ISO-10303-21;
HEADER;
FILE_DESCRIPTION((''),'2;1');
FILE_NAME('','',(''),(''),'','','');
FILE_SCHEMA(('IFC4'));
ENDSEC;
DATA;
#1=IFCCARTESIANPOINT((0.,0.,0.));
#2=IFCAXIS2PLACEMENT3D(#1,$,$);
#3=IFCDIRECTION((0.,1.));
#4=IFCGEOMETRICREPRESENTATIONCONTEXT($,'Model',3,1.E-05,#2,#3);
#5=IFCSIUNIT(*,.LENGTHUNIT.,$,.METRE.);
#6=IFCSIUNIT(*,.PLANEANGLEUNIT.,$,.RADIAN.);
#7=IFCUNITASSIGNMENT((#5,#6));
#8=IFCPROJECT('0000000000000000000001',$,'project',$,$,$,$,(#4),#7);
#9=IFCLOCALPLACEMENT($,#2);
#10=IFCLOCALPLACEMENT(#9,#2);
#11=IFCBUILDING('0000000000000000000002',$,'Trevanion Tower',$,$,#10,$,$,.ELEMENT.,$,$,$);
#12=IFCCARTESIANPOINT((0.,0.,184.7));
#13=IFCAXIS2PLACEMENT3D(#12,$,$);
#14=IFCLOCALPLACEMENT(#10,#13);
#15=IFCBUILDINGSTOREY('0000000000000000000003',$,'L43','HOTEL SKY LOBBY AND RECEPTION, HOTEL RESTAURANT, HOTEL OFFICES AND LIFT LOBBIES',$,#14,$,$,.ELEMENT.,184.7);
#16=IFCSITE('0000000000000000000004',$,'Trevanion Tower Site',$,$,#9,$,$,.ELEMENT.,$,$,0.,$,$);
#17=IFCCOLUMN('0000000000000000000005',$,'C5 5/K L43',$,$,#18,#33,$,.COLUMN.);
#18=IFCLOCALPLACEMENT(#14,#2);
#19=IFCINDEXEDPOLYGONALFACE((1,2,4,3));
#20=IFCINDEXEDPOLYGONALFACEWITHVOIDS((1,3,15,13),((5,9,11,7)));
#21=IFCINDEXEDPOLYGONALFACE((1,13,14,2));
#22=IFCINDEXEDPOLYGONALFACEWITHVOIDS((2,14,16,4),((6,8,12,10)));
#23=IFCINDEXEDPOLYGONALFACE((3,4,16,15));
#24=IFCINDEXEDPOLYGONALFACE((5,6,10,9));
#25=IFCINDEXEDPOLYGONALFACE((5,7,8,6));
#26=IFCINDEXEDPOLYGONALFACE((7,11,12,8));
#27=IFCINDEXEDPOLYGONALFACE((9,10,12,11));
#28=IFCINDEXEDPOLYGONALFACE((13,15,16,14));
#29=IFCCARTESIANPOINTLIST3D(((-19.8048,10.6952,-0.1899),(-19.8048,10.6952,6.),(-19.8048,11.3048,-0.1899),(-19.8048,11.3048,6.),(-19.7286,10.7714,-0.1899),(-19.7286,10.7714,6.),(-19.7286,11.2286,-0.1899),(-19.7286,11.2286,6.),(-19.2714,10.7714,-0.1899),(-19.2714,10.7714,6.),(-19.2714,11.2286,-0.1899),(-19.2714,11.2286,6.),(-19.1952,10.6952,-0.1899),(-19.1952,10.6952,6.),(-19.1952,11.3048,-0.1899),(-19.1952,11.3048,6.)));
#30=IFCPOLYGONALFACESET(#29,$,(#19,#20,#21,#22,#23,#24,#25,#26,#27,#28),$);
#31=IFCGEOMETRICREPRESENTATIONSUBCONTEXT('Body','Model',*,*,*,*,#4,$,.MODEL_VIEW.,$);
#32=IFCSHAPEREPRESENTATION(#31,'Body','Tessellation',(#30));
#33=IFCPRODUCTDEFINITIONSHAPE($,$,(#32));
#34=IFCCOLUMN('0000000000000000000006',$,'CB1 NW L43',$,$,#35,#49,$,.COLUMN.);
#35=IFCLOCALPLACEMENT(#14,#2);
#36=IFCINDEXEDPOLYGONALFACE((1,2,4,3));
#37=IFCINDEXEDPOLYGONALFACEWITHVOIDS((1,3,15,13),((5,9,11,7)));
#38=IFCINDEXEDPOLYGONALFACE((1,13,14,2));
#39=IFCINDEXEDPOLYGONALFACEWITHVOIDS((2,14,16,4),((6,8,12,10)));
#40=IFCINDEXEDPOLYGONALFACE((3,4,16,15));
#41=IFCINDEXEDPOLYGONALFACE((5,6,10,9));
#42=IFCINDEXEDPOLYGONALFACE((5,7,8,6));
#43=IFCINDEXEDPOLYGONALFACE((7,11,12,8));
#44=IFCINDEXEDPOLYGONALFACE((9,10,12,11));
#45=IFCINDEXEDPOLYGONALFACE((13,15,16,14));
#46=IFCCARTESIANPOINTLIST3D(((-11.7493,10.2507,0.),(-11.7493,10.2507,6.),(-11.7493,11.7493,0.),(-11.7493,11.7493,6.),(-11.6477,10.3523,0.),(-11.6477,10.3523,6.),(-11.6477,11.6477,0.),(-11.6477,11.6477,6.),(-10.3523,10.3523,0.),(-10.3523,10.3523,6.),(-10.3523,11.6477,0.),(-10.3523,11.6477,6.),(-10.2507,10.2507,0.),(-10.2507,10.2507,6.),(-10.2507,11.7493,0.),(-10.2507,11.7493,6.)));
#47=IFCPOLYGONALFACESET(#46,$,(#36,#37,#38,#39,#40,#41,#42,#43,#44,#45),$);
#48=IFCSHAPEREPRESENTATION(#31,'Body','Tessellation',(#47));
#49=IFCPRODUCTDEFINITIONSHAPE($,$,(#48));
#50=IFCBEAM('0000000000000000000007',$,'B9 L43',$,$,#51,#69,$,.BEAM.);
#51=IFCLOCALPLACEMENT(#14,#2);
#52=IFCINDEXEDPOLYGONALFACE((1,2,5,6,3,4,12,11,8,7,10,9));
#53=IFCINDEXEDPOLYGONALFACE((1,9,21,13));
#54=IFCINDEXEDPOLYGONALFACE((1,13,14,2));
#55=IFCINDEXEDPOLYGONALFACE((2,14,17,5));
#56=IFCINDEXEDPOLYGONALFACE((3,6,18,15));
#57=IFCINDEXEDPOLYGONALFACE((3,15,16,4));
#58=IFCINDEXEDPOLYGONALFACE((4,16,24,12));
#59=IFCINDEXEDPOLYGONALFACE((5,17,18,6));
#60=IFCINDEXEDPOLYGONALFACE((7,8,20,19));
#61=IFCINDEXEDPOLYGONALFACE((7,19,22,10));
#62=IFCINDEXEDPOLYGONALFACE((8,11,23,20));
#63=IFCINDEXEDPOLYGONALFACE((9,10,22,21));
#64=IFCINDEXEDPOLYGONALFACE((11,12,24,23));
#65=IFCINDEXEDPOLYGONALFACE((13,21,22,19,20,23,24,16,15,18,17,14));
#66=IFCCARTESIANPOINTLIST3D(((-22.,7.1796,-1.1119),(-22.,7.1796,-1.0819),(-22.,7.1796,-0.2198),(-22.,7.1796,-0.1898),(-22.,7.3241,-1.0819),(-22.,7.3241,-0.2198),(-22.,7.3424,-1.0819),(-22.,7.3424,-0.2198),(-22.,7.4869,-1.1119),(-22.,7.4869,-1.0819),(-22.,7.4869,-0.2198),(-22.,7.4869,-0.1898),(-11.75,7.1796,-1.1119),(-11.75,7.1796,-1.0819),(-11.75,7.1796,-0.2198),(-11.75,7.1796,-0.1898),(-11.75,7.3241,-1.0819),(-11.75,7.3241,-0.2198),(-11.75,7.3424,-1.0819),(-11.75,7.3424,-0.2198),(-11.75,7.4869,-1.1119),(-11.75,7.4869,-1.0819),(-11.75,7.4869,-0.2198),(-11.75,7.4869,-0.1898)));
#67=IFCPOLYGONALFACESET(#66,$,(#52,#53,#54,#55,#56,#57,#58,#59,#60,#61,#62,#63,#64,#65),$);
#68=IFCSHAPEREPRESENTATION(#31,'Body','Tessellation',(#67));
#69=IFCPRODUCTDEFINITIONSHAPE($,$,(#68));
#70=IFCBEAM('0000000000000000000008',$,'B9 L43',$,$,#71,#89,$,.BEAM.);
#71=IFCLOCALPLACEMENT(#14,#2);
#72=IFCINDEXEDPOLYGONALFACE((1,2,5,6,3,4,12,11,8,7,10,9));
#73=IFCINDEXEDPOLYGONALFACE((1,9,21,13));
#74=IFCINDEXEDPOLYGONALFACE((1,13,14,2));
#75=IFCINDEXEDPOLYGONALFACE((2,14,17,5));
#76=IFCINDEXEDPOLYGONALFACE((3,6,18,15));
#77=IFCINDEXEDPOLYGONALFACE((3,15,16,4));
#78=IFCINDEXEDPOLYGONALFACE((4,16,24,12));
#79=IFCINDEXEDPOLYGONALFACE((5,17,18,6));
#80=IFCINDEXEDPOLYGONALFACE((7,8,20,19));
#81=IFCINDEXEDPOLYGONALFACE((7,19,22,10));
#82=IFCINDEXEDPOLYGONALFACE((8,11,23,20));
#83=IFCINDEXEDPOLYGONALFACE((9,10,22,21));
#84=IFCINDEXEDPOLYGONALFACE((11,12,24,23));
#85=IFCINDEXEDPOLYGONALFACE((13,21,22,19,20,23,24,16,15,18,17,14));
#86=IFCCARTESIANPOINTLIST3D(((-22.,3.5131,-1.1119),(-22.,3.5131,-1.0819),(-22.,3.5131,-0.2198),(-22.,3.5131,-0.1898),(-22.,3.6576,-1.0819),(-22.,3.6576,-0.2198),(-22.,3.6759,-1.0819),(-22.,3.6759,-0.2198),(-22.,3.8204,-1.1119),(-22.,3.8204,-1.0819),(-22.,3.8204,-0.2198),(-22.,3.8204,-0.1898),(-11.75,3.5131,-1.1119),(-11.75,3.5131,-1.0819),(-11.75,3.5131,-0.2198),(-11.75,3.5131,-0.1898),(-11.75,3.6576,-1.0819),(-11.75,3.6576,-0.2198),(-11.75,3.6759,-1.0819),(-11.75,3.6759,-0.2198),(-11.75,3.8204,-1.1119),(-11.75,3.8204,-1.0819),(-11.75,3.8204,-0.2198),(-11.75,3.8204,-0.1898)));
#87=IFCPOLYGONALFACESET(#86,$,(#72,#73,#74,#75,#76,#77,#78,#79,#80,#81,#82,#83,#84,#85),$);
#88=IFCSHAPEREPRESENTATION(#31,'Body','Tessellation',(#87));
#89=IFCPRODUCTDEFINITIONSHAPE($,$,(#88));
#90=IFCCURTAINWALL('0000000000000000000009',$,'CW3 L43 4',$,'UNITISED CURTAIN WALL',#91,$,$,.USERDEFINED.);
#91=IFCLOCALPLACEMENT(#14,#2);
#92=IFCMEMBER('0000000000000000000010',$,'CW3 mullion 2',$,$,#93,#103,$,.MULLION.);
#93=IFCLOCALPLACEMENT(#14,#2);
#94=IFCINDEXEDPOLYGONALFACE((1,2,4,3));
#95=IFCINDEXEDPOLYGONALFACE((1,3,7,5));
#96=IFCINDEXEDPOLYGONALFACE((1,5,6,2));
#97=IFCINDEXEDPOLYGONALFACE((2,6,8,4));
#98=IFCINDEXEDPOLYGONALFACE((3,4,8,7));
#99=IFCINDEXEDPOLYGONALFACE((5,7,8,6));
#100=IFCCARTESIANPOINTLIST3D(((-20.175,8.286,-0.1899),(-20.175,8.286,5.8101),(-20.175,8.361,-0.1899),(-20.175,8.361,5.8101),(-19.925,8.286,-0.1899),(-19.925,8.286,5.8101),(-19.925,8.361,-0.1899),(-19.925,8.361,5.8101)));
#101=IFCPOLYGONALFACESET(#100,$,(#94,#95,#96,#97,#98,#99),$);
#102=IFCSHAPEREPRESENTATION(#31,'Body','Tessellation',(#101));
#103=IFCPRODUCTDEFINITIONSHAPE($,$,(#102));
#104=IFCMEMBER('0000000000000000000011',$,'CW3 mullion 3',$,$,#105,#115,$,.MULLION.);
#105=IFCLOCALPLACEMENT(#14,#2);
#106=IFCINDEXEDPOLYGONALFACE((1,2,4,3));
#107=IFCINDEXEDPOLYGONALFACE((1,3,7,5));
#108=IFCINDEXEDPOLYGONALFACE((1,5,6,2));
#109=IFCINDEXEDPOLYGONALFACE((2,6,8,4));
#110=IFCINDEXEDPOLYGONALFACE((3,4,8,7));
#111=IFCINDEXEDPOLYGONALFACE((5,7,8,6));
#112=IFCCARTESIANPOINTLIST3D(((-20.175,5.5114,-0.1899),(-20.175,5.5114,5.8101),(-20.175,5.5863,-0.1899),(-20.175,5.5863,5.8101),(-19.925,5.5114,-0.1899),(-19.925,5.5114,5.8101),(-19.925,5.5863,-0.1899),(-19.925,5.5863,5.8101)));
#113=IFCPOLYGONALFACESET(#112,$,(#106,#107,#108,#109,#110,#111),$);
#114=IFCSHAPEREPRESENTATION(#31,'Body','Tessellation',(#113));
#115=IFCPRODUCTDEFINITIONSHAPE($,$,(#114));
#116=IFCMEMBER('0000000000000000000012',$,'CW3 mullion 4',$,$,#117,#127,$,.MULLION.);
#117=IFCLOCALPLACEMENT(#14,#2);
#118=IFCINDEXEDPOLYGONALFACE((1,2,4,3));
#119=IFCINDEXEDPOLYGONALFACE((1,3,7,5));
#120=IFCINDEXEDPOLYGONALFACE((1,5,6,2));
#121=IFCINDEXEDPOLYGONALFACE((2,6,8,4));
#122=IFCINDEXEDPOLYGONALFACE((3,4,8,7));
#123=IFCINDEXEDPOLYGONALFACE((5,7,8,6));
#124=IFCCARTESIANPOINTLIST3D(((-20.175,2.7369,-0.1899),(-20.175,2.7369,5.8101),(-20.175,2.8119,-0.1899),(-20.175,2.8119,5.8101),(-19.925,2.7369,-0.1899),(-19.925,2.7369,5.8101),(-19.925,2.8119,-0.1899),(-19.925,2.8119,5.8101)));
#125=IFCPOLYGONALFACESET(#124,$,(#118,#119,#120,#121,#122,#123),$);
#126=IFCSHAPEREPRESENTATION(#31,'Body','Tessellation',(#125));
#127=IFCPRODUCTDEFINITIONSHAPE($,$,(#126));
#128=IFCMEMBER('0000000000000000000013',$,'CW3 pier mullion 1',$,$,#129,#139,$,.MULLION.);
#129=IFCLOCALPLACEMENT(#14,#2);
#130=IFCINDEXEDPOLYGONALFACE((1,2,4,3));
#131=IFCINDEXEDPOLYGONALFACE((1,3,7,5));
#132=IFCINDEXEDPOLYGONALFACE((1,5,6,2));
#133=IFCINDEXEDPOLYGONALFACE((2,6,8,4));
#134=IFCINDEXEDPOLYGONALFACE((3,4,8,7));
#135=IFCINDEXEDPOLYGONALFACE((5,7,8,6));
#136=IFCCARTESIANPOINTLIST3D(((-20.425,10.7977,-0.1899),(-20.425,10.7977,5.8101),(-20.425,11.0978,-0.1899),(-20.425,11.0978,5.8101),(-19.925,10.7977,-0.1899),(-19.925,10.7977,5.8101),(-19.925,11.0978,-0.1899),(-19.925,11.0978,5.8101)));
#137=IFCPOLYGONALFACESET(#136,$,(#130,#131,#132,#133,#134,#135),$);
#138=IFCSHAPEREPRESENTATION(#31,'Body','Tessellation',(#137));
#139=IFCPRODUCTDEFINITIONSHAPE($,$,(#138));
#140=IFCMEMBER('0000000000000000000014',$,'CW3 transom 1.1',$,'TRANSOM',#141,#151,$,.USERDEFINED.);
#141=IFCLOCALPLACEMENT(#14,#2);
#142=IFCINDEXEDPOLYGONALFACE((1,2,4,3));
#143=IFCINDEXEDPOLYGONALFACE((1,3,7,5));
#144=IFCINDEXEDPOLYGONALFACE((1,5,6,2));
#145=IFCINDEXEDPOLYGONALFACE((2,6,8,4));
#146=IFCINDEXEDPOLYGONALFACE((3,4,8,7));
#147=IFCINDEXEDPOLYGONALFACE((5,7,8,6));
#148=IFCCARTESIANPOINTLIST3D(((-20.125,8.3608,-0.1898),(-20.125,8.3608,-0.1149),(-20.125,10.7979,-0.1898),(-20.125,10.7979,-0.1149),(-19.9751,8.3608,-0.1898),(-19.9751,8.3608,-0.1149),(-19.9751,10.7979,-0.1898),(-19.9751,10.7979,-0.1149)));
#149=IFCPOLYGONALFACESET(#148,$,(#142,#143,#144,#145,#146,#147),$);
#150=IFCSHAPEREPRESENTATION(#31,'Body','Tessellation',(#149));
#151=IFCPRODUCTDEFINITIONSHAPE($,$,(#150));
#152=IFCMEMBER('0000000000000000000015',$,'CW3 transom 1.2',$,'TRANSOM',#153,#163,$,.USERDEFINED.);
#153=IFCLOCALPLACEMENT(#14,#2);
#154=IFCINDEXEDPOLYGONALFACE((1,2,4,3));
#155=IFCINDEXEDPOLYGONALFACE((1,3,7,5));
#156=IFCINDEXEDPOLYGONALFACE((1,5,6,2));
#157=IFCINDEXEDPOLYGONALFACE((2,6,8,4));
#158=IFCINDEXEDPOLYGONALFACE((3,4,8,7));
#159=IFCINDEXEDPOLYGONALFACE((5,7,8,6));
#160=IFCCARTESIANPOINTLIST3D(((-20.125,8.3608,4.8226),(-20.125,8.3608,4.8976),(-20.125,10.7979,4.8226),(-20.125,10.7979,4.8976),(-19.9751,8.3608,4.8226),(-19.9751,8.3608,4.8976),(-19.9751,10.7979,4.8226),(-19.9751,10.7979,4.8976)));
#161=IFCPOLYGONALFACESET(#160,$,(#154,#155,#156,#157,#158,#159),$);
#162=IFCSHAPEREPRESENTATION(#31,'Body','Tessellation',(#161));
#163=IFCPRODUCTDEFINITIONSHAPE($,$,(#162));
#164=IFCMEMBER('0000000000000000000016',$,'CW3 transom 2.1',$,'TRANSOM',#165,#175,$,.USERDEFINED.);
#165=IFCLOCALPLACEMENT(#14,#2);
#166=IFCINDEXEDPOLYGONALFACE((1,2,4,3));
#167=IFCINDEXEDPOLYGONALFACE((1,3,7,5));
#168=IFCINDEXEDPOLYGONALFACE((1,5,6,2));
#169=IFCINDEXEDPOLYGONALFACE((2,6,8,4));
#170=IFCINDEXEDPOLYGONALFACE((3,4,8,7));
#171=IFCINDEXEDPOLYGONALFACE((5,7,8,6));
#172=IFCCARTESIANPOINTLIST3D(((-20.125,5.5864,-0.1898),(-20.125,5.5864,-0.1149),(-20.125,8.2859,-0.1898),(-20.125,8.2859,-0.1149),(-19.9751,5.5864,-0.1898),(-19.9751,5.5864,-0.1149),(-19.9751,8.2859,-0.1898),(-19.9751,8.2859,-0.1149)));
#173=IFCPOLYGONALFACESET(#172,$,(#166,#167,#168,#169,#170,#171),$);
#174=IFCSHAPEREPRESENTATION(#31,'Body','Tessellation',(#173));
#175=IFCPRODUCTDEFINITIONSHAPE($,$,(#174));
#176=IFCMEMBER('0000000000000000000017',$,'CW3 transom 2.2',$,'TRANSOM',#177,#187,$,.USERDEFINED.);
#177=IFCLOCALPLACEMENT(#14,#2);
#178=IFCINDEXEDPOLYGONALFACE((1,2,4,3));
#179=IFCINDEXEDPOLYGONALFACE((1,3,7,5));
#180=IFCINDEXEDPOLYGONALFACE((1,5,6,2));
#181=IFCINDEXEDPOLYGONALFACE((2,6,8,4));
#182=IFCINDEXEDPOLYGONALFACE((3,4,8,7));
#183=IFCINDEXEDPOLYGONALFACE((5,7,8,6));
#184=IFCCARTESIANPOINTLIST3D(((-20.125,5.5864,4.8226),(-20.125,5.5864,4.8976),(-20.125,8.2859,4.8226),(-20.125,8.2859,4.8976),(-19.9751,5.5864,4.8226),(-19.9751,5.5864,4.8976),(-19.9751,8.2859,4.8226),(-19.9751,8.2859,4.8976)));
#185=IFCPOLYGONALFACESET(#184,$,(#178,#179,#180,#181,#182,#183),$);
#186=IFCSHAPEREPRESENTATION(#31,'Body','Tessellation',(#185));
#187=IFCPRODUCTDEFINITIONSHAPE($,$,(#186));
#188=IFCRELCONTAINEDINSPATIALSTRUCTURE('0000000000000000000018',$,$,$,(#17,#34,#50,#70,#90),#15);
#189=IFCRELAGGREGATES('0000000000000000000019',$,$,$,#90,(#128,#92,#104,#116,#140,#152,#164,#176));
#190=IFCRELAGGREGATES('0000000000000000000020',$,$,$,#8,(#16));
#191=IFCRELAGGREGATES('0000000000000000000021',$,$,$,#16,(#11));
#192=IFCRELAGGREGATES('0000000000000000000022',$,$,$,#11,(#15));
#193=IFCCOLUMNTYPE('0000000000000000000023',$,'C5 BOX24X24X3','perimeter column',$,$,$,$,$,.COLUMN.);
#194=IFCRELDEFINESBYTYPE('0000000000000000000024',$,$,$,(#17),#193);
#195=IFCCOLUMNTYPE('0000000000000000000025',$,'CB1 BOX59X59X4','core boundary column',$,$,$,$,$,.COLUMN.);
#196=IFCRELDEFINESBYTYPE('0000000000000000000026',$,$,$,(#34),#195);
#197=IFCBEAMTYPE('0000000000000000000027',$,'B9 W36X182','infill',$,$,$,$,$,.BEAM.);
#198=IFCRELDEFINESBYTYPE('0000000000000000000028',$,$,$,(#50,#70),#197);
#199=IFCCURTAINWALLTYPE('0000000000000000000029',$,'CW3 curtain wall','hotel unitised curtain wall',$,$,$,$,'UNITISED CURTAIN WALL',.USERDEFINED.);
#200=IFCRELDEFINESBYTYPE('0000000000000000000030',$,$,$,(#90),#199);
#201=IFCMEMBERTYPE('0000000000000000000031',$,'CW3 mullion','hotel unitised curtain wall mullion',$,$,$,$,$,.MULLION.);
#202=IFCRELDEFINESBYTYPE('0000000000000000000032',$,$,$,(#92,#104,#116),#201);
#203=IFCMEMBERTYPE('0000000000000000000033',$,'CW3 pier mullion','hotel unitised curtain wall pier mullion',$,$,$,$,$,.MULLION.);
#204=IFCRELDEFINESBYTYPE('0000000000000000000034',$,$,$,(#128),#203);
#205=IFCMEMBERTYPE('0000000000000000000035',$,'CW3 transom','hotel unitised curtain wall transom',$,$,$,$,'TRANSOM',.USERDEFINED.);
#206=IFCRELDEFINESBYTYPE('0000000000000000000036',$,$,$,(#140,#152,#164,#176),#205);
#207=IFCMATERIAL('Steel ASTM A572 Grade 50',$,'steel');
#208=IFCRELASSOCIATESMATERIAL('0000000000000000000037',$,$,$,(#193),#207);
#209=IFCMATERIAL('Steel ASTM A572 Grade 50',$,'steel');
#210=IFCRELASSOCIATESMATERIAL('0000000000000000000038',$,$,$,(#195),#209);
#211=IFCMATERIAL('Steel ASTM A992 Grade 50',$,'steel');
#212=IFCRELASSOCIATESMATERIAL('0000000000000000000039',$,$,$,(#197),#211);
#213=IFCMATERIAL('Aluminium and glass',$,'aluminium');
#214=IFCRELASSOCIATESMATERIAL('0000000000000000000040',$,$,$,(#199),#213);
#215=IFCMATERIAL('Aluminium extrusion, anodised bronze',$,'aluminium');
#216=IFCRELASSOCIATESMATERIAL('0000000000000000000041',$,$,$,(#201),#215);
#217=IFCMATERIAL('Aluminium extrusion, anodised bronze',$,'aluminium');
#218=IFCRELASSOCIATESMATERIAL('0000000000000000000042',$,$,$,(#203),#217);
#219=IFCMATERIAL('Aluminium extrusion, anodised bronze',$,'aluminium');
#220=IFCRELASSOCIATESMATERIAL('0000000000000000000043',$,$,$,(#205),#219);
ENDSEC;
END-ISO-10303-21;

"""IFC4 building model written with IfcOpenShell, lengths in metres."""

from ifc_helpers import new_model, si_unit, direction, frame, origin, origin_2d, place, context, subcontext, project, spatial, rectangle, hollow_rectangle, i_section, extrude, material, material_profile, profile_set, type_object, element, aggregate, save


model = new_model("IFC4")

# Units and contexts
model_context = context("Model", 3, precision=1e-05, world=origin(), true_north=direction((0.0, 1.0)))
body_context = subcontext(model_context, "Body", "Model", "MODEL_VIEW")
ifc_project = project(units=[si_unit("LENGTHUNIT", "METRE"), si_unit("PLANEANGLEUNIT", "RADIAN")], contexts=[model_context])

# Site, building, storey
site_placement = place(None, origin())
site = spatial("IfcSite", under=ifc_project, at=site_placement, Name="Trevanion Tower Site", CompositionType="ELEMENT", RefElevation=0.0)
building_placement = place(site_placement, origin())
building = spatial("IfcBuilding", under=site, at=building_placement, Name="Trevanion Tower", CompositionType="ELEMENT")
storey_placement = place(building_placement, frame((0.0, 0.0, 184.7)))
storey = spatial("IfcBuildingStorey", under=building, at=storey_placement, Name="L43", Description="HOTEL SKY LOBBY AND RECEPTION, HOTEL RESTAURANT, HOTEL OFFICES AND LIFT LOBBIES", CompositionType="ELEMENT", Elevation=184.7)

# Columns
ifc_material_1 = material(Name="Steel ASTM A572 Grade 50", Category="steel")
ifc_material_profile_1 = material_profile(ifc_material_1, hollow_rectangle(XDim=0.6096, YDim=0.6096, WallThickness=0.0762, at=origin_2d()), Name="BOX24X24X3")
ifc_profile_set_1 = profile_set([ifc_material_profile_1], Name="Steel ASTM A572 Grade 50")
column_type_1 = type_object("IfcColumnType", Name="C5 BOX24X24X3", Description="perimeter column", PredefinedType="COLUMN", material=ifc_profile_set_1)
column_1_placement = place(storey_placement, frame((-19.5, 11.0, -0.1899), z_axis=(0.0, 0.0, 1.0), x_axis=(0.0, 1.0, 0.0)))
element("IfcColumn", 1, at=column_1_placement, inside=storey, type_object=column_type_1, Name="C5 5/K L43", PredefinedType="COLUMN", context=body_context, shape_type="SweptSolid", body=[
    extrude(hollow_rectangle(XDim=0.6096, YDim=0.6096, WallThickness=0.0762, at=origin_2d()), origin(), (0.0, 0.0, 1.0), 6.1899),
])
ifc_material_2 = material(Name="Steel ASTM A572 Grade 50", Category="steel")
ifc_material_profile_2 = material_profile(ifc_material_2, hollow_rectangle(XDim=1.4985, YDim=1.4985, WallThickness=0.1016, at=origin_2d()), Name="BOX59X59X4")
ifc_profile_set_2 = profile_set([ifc_material_profile_2], Name="Steel ASTM A572 Grade 50")
column_type_2 = type_object("IfcColumnType", Name="CB1 BOX59X59X4", Description="core boundary column", PredefinedType="COLUMN", material=ifc_profile_set_2)
column_2_placement = place(storey_placement, frame((-11.0, 11.0, 0.0), z_axis=(0.0, 0.0, 1.0), x_axis=(1.0, 0.0, 0.0)))
element("IfcColumn", 2, at=column_2_placement, inside=storey, type_object=column_type_2, Name="CB1 NW L43", PredefinedType="COLUMN", context=body_context, shape_type="SweptSolid", body=[
    extrude(hollow_rectangle(XDim=1.4985, YDim=1.4985, WallThickness=0.1016, at=origin_2d()), origin(), (0.0, 0.0, 1.0), 6.0),
])

# Beams
ifc_material_3 = material(Name="Steel ASTM A992 Grade 50", Category="steel")
ifc_material_profile_3 = material_profile(ifc_material_3, i_section(OverallWidth=0.3074, OverallDepth=0.9221, WebThickness=0.0183, FlangeThickness=0.03, at=origin_2d()), Name="W36X182")
ifc_profile_set_3 = profile_set([ifc_material_profile_3], Name="Steel ASTM A992 Grade 50")
beam_type = type_object("IfcBeamType", Name="B9 W36X182", Description="infill", PredefinedType="BEAM", material=ifc_profile_set_3)
for number, where, z_axis, x_axis, name in (
    (3, (-11.75, 7.3333, -0.6509), (-1.0, 0.0, 0.0), (0.0, -1.0, 0.0), "B9 L43"),
    (4, (-11.75, 3.6667, -0.6509), (-1.0, 0.0, 0.0), (0.0, -1.0, 0.0), "B9 L43"),
):
    element("IfcBeam", number, at=place(storey_placement, frame(where, z_axis=z_axis, x_axis=x_axis)), inside=storey, type_object=beam_type, Name=name, PredefinedType="BEAM", context=body_context, shape_type="SweptSolid", body=[
        extrude(i_section(OverallWidth=0.3074, OverallDepth=0.9221, WebThickness=0.0183, FlangeThickness=0.03, at=origin_2d()), origin(), (0.0, 0.0, 1.0), 10.25),
    ])

# Curtain wall, members
ifc_material_4 = material(Name="Aluminium and glass", Category="aluminium")
curtain_wall_type = type_object("IfcCurtainWallType", Name="CW3 curtain wall", Description="hotel unitised curtain wall", ElementType="UNITISED CURTAIN WALL", PredefinedType="USERDEFINED", material=ifc_material_4)
curtain_wall_placement = place(storey_placement, origin())
curtain_wall = element("IfcCurtainWall", 5, at=curtain_wall_placement, inside=storey, type_object=curtain_wall_type, Name="CW3 L43 4", ObjectType="UNITISED CURTAIN WALL", PredefinedType="USERDEFINED")
ifc_material_5 = material(Name="Aluminium extrusion, anodised bronze", Category="aluminium")
ifc_material_profile_4 = material_profile(ifc_material_5, rectangle(XDim=0.075, YDim=0.25, at=origin_2d()), Name="CW3 mullion")
ifc_profile_set_4 = profile_set([ifc_material_profile_4], Name="Aluminium extrusion, anodised bronze")
member_type_1 = type_object("IfcMemberType", Name="CW3 mullion", Description="hotel unitised curtain wall mullion", PredefinedType="MULLION", material=ifc_profile_set_4)
member_1_placement = place(storey_placement, frame((-20.05, 8.3235, -0.1899), z_axis=(0.0, 0.0, 1.0), x_axis=(0.0, -1.0, 0.0)))
member_1 = element("IfcMember", 6, at=member_1_placement, type_object=member_type_1, Name="CW3 mullion 2", PredefinedType="MULLION", context=body_context, shape_type="SweptSolid", body=[
    extrude(rectangle(XDim=0.075, YDim=0.25, at=origin_2d()), origin(), (0.0, 0.0, 1.0), 6.0),
])
member_2_placement = place(storey_placement, frame((-20.05, 5.5488, -0.1899), z_axis=(0.0, 0.0, 1.0), x_axis=(0.0, -1.0, 0.0)))
member_2 = element("IfcMember", 7, at=member_2_placement, type_object=member_type_1, Name="CW3 mullion 3", PredefinedType="MULLION", context=body_context, shape_type="SweptSolid", body=[
    extrude(rectangle(XDim=0.075, YDim=0.25, at=origin_2d()), origin(), (0.0, 0.0, 1.0), 6.0),
])
member_3_placement = place(storey_placement, frame((-20.05, 2.7744, -0.1899), z_axis=(0.0, 0.0, 1.0), x_axis=(0.0, -1.0, 0.0)))
member_3 = element("IfcMember", 8, at=member_3_placement, type_object=member_type_1, Name="CW3 mullion 4", PredefinedType="MULLION", context=body_context, shape_type="SweptSolid", body=[
    extrude(rectangle(XDim=0.075, YDim=0.25, at=origin_2d()), origin(), (0.0, 0.0, 1.0), 6.0),
])
ifc_material_6 = material(Name="Aluminium extrusion, anodised bronze", Category="aluminium")
ifc_material_profile_5 = material_profile(ifc_material_6, rectangle(XDim=0.3, YDim=0.5, at=origin_2d()), Name="CW3 pier mullion")
ifc_profile_set_5 = profile_set([ifc_material_profile_5], Name="Aluminium extrusion, anodised bronze")
member_type_2 = type_object("IfcMemberType", Name="CW3 pier mullion", Description="hotel unitised curtain wall pier mullion", PredefinedType="MULLION", material=ifc_profile_set_5)
member_4_placement = place(storey_placement, frame((-20.175, 10.9478, -0.1899), z_axis=(0.0, 0.0, 1.0), x_axis=(0.0, -1.0, 0.0)))
member_4 = element("IfcMember", 9, at=member_4_placement, type_object=member_type_2, Name="CW3 pier mullion 1", PredefinedType="MULLION", context=body_context, shape_type="SweptSolid", body=[
    extrude(rectangle(XDim=0.3, YDim=0.5, at=origin_2d()), origin(), (0.0, 0.0, 1.0), 6.0),
])
ifc_material_7 = material(Name="Aluminium extrusion, anodised bronze", Category="aluminium")
ifc_material_profile_6 = material_profile(ifc_material_7, rectangle(XDim=0.1499, YDim=0.075, at=origin_2d()), Name="CW3 transom")
ifc_profile_set_6 = profile_set([ifc_material_profile_6], Name="Aluminium extrusion, anodised bronze")
member_type_3 = type_object("IfcMemberType", Name="CW3 transom", Description="hotel unitised curtain wall transom", ElementType="TRANSOM", PredefinedType="USERDEFINED", material=ifc_profile_set_6)
member_5_placement = place(storey_placement, frame((-20.05, 10.7979, -0.1523), z_axis=(0.0, -1.0, 0.0), x_axis=(1.0, 0.0, 0.0)))
member_5 = element("IfcMember", 10, at=member_5_placement, type_object=member_type_3, Name="CW3 transom 1.1", ObjectType="TRANSOM", PredefinedType="USERDEFINED", context=body_context, shape_type="SweptSolid", body=[
    extrude(rectangle(XDim=0.1499, YDim=0.075, at=origin_2d()), origin(), (0.0, 0.0, 1.0), 2.437),
])
member_6_placement = place(storey_placement, frame((-20.05, 10.7979, 4.8601), z_axis=(0.0, -1.0, 0.0), x_axis=(1.0, 0.0, 0.0)))
member_6 = element("IfcMember", 11, at=member_6_placement, type_object=member_type_3, Name="CW3 transom 1.2", ObjectType="TRANSOM", PredefinedType="USERDEFINED", context=body_context, shape_type="SweptSolid", body=[
    extrude(rectangle(XDim=0.1499, YDim=0.075, at=origin_2d()), origin(), (0.0, 0.0, 1.0), 2.437),
])
member_7_placement = place(storey_placement, frame((-20.05, 8.2859, -0.1523), z_axis=(0.0, -1.0, 0.0), x_axis=(1.0, 0.0, 0.0)))
member_7 = element("IfcMember", 12, at=member_7_placement, type_object=member_type_3, Name="CW3 transom 2.1", ObjectType="TRANSOM", PredefinedType="USERDEFINED", context=body_context, shape_type="SweptSolid", body=[
    extrude(rectangle(XDim=0.1499, YDim=0.075, at=origin_2d()), origin(), (0.0, 0.0, 1.0), 2.6995),
])
member_8_placement = place(storey_placement, frame((-20.05, 8.2859, 4.8601), z_axis=(0.0, -1.0, 0.0), x_axis=(1.0, 0.0, 0.0)))
member_8 = element("IfcMember", 13, at=member_8_placement, type_object=member_type_3, Name="CW3 transom 2.2", ObjectType="TRANSOM", PredefinedType="USERDEFINED", context=body_context, shape_type="SweptSolid", body=[
    extrude(rectangle(XDim=0.1499, YDim=0.075, at=origin_2d()), origin(), (0.0, 0.0, 1.0), 2.6995),
])
aggregate(curtain_wall, [member_4, member_1, member_2, member_3, member_5, member_6, member_7, member_8])

save(model, "model.ifc")
